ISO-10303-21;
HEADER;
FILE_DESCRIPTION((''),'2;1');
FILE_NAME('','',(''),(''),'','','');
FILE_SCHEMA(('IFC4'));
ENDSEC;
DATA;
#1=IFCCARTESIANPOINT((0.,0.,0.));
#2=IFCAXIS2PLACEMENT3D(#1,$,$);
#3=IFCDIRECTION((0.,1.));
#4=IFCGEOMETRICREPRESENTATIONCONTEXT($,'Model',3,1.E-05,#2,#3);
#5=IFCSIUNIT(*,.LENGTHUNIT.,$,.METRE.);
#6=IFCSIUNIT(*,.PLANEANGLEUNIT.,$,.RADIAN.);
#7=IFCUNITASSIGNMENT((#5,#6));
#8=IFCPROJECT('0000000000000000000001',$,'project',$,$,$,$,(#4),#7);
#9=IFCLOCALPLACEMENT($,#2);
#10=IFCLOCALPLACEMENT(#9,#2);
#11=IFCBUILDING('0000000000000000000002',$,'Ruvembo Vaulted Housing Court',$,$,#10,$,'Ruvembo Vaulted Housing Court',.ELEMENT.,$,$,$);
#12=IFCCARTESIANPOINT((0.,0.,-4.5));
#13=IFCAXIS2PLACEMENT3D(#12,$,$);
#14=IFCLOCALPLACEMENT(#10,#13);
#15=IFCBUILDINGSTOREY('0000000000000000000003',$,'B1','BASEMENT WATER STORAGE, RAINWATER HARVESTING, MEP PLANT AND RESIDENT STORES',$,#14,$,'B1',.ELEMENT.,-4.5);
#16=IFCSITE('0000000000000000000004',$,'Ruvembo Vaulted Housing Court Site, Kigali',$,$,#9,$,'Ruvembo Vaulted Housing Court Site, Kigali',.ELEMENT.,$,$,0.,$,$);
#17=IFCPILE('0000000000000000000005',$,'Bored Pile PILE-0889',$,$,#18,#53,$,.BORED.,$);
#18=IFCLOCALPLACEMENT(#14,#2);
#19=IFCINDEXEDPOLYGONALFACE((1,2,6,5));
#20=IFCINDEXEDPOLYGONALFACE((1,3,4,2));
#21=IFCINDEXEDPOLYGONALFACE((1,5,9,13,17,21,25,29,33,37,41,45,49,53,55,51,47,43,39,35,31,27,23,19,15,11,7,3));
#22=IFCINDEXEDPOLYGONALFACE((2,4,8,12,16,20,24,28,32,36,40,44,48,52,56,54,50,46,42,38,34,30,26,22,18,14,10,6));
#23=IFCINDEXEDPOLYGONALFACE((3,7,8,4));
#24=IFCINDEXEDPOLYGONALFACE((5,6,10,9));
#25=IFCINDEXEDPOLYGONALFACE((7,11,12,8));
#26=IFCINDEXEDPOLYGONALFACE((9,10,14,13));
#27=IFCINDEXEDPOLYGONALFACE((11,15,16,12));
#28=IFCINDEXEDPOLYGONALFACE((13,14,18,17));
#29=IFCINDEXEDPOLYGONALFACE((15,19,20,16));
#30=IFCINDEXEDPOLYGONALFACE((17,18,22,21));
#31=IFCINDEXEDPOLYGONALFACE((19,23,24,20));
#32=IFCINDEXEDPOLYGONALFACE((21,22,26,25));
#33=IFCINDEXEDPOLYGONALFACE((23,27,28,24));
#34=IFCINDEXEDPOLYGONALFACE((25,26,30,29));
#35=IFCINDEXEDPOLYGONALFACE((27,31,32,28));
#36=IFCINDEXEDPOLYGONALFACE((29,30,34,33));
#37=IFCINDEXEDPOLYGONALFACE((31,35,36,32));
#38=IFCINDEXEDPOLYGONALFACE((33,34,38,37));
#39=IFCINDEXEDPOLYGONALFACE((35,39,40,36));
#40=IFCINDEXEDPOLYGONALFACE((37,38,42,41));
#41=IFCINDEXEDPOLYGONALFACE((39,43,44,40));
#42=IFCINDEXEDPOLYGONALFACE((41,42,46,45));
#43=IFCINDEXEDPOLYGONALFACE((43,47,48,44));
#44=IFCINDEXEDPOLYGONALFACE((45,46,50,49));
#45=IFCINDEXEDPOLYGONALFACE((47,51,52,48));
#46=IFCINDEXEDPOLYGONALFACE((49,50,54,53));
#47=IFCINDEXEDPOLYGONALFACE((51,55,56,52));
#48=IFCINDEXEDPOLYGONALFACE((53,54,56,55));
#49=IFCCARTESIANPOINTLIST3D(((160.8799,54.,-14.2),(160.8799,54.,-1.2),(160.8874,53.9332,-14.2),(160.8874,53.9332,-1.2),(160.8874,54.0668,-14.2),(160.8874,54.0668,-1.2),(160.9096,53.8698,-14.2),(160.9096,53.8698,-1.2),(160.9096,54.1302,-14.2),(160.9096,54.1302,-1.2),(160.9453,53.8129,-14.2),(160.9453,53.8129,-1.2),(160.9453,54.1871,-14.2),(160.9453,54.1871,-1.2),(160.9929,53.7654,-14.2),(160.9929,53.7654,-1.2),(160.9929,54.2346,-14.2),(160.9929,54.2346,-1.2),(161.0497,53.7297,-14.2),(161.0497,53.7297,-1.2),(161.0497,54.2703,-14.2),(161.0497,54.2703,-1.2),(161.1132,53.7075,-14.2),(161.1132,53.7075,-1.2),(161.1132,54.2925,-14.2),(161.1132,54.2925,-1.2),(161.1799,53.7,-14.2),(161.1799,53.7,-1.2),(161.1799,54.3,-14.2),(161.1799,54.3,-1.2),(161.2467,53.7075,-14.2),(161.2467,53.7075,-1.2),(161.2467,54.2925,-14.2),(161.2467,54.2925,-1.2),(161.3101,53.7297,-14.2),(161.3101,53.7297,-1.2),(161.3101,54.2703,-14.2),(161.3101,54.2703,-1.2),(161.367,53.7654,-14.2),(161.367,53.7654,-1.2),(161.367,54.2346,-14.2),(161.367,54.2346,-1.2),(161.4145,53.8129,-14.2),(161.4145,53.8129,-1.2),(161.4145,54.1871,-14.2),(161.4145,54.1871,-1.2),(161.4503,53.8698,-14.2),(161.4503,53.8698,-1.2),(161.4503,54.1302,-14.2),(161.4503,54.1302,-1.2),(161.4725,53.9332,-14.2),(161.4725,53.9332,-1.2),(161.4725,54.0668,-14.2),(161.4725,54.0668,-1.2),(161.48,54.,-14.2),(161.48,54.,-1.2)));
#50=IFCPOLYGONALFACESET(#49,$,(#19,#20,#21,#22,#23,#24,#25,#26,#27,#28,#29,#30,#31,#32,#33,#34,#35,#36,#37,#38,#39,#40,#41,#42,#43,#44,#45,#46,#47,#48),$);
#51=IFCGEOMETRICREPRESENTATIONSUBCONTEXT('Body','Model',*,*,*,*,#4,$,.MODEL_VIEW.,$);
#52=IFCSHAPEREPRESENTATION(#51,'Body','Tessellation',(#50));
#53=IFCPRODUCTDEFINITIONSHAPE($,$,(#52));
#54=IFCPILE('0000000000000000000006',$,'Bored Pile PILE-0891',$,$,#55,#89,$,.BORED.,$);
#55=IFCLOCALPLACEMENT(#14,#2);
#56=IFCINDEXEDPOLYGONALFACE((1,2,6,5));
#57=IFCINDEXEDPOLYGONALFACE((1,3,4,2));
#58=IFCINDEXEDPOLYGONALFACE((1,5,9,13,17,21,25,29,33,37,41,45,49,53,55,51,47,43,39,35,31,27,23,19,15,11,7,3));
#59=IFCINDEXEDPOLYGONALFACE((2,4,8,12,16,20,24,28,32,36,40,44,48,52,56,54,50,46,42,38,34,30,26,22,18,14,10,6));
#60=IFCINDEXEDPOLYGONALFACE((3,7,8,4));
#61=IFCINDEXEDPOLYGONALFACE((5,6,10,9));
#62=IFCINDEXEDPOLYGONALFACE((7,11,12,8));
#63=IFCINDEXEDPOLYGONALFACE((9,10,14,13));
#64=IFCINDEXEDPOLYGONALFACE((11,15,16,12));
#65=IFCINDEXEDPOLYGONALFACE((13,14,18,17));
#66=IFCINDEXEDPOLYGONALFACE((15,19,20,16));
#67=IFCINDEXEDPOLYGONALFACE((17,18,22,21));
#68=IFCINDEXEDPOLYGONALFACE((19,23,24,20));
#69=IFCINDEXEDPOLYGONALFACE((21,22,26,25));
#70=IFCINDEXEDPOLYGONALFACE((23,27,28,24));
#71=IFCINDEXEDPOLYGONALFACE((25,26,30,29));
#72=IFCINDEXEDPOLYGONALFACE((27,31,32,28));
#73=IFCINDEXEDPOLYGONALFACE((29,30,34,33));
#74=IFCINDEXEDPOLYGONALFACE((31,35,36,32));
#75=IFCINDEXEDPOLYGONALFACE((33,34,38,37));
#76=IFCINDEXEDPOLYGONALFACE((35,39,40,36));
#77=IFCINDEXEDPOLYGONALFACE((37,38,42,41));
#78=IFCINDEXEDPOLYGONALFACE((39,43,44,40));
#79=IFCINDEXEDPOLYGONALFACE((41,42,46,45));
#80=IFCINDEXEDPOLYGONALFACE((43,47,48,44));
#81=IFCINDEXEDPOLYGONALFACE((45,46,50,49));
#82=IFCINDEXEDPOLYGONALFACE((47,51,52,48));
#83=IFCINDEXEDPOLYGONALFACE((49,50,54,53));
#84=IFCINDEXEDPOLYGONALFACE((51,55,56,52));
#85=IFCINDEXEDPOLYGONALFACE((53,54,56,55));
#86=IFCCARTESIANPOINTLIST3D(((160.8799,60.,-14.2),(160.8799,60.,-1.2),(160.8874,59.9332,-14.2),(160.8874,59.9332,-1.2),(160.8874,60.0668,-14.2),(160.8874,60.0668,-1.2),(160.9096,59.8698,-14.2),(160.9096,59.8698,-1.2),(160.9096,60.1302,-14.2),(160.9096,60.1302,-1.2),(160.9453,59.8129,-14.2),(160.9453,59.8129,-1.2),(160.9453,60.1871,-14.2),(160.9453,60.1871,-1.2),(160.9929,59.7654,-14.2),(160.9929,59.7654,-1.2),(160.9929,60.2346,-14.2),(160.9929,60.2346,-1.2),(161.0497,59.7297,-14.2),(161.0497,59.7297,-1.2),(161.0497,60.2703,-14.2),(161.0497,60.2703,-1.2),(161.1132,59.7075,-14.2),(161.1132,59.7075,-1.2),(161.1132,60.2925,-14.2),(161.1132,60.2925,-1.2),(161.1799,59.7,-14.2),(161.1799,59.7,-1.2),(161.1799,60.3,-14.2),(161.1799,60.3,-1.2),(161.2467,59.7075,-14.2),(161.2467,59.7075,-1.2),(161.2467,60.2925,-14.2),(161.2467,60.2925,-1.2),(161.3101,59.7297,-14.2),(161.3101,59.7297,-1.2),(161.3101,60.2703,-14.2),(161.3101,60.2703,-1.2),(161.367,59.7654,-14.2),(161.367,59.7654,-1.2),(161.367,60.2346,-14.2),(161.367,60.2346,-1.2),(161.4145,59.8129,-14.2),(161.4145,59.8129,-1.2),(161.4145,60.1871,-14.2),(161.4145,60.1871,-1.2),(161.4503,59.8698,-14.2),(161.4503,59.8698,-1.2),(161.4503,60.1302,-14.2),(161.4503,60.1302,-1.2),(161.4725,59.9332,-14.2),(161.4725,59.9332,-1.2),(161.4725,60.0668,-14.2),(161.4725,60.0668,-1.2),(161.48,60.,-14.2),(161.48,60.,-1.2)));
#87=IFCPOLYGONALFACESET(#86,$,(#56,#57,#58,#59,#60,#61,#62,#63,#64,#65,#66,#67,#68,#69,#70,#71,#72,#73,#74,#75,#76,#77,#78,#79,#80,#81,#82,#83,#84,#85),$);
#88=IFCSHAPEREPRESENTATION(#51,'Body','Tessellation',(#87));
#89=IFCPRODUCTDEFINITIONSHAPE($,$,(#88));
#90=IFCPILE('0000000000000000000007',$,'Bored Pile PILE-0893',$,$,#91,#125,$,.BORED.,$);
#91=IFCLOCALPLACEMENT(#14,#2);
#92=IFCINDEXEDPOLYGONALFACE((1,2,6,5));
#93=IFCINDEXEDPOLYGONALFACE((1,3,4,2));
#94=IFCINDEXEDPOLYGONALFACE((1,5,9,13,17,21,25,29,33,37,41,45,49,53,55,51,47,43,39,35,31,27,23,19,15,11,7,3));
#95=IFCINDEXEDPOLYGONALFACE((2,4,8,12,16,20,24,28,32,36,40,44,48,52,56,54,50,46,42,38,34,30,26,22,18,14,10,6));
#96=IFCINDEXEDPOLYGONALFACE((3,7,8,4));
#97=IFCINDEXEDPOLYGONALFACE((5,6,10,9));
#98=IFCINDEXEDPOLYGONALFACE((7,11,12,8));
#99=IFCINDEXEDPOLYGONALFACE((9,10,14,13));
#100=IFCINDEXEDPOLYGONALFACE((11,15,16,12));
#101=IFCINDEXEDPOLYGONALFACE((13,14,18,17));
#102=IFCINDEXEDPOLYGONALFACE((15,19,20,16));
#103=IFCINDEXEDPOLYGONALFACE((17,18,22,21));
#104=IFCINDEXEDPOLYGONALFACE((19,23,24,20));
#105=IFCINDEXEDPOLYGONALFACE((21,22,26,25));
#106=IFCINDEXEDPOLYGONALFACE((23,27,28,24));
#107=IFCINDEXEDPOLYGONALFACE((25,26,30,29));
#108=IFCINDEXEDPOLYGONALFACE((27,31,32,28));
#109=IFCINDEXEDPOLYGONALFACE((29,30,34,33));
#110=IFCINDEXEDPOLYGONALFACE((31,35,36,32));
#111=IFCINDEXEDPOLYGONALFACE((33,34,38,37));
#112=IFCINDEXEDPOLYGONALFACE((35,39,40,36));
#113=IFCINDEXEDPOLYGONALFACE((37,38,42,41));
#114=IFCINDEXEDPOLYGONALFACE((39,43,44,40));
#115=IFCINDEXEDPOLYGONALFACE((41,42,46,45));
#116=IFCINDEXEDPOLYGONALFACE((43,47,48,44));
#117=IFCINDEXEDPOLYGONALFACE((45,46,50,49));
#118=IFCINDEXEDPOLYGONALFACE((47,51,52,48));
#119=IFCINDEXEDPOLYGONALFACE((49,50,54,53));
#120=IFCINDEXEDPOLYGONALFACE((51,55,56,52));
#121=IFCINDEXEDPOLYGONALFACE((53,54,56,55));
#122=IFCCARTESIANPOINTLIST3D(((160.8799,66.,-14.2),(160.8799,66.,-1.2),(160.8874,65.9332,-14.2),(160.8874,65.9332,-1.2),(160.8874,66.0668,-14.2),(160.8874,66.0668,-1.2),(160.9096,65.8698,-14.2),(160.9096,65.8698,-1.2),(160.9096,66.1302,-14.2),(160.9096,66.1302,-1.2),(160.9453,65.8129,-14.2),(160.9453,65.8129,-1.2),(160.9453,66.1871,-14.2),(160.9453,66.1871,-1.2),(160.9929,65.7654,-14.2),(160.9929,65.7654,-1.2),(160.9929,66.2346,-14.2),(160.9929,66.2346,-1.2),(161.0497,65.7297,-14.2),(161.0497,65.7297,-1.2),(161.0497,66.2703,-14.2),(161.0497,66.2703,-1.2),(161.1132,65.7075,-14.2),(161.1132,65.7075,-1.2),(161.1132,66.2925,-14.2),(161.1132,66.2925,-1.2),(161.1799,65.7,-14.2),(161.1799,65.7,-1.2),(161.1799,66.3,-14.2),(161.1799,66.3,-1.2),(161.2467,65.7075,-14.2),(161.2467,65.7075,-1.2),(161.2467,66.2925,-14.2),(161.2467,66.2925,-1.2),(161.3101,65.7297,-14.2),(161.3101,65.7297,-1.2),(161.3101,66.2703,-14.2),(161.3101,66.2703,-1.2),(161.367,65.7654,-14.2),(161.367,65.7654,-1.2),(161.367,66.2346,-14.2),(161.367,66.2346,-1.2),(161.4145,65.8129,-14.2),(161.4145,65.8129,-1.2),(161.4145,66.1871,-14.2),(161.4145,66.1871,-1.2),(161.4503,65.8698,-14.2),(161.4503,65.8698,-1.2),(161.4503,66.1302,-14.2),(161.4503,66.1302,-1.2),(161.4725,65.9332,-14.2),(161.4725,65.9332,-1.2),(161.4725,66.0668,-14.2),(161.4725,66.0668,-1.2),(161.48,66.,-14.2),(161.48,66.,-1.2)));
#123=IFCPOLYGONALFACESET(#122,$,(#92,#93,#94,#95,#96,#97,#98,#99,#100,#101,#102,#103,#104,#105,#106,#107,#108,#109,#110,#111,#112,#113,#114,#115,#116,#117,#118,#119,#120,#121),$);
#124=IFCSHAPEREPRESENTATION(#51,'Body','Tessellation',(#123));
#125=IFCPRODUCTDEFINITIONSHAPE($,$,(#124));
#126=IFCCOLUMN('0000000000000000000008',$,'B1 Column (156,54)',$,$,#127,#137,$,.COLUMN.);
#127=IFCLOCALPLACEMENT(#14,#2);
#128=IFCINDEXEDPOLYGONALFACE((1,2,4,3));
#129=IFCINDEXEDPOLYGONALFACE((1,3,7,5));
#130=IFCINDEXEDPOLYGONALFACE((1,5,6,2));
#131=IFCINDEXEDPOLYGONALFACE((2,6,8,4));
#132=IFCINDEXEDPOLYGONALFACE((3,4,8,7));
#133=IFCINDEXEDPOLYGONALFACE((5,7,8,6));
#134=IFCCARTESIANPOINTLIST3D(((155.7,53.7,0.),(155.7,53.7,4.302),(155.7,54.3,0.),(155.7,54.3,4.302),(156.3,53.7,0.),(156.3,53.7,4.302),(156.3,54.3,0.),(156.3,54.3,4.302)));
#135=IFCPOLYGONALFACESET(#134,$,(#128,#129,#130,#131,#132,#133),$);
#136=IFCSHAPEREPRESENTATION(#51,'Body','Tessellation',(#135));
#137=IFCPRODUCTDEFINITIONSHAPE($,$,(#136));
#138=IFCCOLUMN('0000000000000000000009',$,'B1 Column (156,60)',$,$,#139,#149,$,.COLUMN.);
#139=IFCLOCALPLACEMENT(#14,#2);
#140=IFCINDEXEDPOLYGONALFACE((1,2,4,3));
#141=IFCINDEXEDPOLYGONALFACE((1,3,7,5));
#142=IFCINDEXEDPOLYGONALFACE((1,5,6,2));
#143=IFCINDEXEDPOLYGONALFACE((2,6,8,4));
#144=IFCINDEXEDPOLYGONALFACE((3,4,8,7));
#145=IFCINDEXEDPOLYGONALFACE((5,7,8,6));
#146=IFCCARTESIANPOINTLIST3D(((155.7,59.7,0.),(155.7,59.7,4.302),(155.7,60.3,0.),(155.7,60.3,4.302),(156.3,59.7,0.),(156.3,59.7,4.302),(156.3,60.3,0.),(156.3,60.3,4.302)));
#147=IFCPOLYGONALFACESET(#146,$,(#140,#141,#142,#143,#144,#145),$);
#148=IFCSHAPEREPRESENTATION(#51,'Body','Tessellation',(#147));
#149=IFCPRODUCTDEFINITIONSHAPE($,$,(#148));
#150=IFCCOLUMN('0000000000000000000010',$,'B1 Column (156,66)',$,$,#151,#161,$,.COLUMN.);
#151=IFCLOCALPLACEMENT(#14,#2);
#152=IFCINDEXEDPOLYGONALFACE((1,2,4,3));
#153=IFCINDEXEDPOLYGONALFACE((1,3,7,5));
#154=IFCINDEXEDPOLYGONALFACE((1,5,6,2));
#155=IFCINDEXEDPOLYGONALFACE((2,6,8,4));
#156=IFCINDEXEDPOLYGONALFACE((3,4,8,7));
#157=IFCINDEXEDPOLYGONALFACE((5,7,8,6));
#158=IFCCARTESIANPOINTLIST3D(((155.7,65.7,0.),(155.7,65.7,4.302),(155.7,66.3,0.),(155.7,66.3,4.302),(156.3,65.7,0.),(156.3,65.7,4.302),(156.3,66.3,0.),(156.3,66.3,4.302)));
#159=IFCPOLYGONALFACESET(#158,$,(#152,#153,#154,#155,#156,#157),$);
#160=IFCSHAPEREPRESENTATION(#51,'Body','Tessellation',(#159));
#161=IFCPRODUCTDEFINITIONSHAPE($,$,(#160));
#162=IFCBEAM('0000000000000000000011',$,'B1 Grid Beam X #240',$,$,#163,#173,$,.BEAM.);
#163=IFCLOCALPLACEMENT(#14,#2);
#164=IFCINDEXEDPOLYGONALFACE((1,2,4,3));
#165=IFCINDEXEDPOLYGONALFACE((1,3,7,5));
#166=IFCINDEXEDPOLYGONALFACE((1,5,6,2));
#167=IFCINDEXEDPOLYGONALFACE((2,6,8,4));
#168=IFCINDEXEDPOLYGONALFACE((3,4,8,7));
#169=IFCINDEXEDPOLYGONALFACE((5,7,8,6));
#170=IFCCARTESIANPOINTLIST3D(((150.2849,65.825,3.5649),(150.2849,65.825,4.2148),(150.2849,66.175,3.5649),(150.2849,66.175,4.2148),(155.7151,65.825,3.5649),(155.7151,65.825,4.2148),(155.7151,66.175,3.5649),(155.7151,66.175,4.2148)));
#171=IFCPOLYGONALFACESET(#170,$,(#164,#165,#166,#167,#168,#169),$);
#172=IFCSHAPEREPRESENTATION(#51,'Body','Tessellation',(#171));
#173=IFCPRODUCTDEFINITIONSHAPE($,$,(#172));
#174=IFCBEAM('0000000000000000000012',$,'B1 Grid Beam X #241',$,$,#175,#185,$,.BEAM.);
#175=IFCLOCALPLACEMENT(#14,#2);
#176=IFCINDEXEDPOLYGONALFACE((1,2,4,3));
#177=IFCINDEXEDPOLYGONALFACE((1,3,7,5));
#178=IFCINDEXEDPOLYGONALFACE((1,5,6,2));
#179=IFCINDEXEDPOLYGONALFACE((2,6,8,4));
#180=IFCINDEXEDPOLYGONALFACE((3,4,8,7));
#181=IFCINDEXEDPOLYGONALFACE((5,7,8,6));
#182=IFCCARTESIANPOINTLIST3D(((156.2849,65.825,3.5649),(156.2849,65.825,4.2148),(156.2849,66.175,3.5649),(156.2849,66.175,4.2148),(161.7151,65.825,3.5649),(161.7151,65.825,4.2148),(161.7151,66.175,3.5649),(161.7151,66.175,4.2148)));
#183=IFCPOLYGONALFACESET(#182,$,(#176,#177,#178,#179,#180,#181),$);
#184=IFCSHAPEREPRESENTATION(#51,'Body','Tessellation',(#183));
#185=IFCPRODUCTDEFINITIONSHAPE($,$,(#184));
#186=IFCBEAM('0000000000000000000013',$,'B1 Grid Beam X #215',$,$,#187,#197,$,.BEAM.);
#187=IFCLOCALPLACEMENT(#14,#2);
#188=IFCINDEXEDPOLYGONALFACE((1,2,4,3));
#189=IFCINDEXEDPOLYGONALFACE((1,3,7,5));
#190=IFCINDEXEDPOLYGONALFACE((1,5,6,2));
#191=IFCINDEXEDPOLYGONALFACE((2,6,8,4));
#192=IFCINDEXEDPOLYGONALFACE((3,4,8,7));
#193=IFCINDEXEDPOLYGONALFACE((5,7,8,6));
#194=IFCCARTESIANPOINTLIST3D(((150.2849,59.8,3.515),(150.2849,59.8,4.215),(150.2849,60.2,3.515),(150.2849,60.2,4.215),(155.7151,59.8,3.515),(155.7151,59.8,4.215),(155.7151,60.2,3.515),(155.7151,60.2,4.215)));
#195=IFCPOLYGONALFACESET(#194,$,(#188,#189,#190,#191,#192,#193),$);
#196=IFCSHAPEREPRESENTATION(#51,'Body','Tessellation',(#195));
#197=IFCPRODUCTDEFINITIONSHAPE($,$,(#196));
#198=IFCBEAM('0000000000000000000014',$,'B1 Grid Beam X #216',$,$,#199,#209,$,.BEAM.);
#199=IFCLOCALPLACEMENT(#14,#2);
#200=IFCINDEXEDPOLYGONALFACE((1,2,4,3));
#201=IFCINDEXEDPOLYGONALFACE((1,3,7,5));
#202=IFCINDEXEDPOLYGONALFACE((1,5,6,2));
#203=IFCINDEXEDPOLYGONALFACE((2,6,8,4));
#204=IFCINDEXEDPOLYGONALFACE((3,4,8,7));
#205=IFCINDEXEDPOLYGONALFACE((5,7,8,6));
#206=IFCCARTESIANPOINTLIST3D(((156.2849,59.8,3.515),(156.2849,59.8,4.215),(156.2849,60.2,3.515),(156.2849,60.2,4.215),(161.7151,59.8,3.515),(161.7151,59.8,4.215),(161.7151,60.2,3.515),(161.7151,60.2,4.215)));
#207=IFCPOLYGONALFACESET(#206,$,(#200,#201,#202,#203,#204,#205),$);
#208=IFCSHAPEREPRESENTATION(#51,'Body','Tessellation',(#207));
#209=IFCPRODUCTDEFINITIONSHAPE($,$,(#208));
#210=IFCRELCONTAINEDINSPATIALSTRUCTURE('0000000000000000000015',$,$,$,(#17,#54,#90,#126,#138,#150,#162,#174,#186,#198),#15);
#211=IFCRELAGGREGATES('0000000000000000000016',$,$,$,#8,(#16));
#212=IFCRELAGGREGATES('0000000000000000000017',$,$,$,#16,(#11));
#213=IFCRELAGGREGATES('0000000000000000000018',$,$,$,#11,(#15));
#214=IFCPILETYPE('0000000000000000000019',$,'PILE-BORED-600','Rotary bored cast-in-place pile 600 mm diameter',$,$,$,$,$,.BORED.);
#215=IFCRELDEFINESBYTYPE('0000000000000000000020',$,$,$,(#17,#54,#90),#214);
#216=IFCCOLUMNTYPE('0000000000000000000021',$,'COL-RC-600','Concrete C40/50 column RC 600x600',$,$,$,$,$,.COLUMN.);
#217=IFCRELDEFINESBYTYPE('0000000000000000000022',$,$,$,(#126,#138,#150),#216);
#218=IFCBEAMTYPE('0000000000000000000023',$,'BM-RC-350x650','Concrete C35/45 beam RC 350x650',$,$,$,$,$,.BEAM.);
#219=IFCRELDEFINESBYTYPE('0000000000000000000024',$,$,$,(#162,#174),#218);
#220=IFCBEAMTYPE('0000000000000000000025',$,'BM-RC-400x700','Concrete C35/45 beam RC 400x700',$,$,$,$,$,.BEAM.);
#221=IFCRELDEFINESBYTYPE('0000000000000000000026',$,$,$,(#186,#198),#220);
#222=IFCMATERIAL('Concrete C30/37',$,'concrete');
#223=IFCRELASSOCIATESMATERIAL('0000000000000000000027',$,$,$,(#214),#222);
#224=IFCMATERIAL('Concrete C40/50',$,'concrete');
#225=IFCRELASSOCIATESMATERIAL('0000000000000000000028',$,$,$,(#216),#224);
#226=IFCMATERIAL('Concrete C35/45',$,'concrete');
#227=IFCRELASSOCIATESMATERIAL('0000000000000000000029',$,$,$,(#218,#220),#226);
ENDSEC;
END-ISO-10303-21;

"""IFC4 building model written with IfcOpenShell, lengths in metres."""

from ifc_helpers import new_model, si_unit, direction, frame, origin, origin_2d, place, context, subcontext, project, spatial, rectangle, circle, extrude, material, material_profile, profile_set, type_object, element, save


model = new_model("IFC4")

# Units and contexts
model_context = context("Model", 3, precision=1e-05, world=origin(), true_north=direction((0.0, 1.0)))
body_context = subcontext(model_context, "Body", "Model", "MODEL_VIEW")
ifc_project = project(units=[si_unit("LENGTHUNIT", "METRE"), si_unit("PLANEANGLEUNIT", "RADIAN")], contexts=[model_context])

# Site, building, storey
site_placement = place(None, origin())
site = spatial("IfcSite", under=ifc_project, at=site_placement, Name="Ruvembo Vaulted Housing Court Site, Kigali", LongName="Ruvembo Vaulted Housing Court Site, Kigali", CompositionType="ELEMENT", RefElevation=0.0)
building_placement = place(site_placement, origin())
building = spatial("IfcBuilding", under=site, at=building_placement, Name="Ruvembo Vaulted Housing Court", LongName="Ruvembo Vaulted Housing Court", CompositionType="ELEMENT")
storey_placement = place(building_placement, frame((0.0, 0.0, -4.5)))
storey = spatial("IfcBuildingStorey", under=building, at=storey_placement, Name="B1", Description="BASEMENT WATER STORAGE, RAINWATER HARVESTING, MEP PLANT AND RESIDENT STORES", LongName="B1", CompositionType="ELEMENT", Elevation=-4.5)

# Shared definitions
ifc_material_1 = material(Name="Concrete C35/45", Category="concrete")

# Piles
ifc_material_2 = material(Name="Concrete C30/37", Category="concrete")
ifc_material_profile_1 = material_profile(ifc_material_2, circle(Radius=0.3, at=origin_2d()), Name="PILE D600")
ifc_profile_set_1 = profile_set([ifc_material_profile_1], Name="Concrete C30/37")
pile_type = type_object("IfcPileType", Name="PILE-BORED-600", Description="Rotary bored cast-in-place pile 600 mm diameter", PredefinedType="BORED", material=ifc_profile_set_1)
for number, where, z_axis, x_axis, name in (
    (1, (161.1799, 54.0, -1.2), (0.0, 0.0, -1.0), (1.0, 0.0, 0.0), "Bored Pile PILE-0889"),
    (2, (161.1799, 60.0, -1.2), (0.0, 0.0, -1.0), (1.0, 0.0, 0.0), "Bored Pile PILE-0891"),
    (3, (161.1799, 66.0, -1.2), (0.0, 0.0, -1.0), (1.0, 0.0, 0.0), "Bored Pile PILE-0893"),
):
    element("IfcPile", number, at=place(storey_placement, frame(where, z_axis=z_axis, x_axis=x_axis)), inside=storey, type_object=pile_type, Name=name, PredefinedType="BORED", context=body_context, shape_type="SweptSolid", body=[
        extrude(circle(Radius=0.3, at=origin_2d()), origin(), (0.0, 0.0, 1.0), 13.0),
    ])

# Columns
ifc_material_3 = material(Name="Concrete C40/50", Category="concrete")
ifc_material_profile_2 = material_profile(ifc_material_3, rectangle(XDim=0.6001, YDim=0.6001, at=origin_2d()), Name="RC 600x600")
ifc_profile_set_2 = profile_set([ifc_material_profile_2], Name="Concrete C40/50")
column_type = type_object("IfcColumnType", Name="COL-RC-600", Description="Concrete C40/50 column RC 600x600", PredefinedType="COLUMN", material=ifc_profile_set_2)
for number, where, z_axis, x_axis, name in (
    (4, (156.0, 54.0, 0.0), (0.0, 0.0, 1.0), (1.0, 0.0, 0.0), "B1 Column (156,54)"),
    (5, (156.0, 60.0, 0.0), (0.0, 0.0, 1.0), (1.0, 0.0, 0.0), "B1 Column (156,60)"),
    (6, (156.0, 66.0, 0.0), (0.0, 0.0, 1.0), (1.0, 0.0, 0.0), "B1 Column (156,66)"),
):
    element("IfcColumn", number, at=place(storey_placement, frame(where, z_axis=z_axis, x_axis=x_axis)), inside=storey, type_object=column_type, Name=name, PredefinedType="COLUMN", context=body_context, shape_type="SweptSolid", body=[
        extrude(rectangle(XDim=0.6001, YDim=0.6001, at=origin_2d()), origin(), (0.0, 0.0, 1.0), 4.302),
    ])

# Beams
ifc_material_profile_3 = material_profile(ifc_material_1, rectangle(XDim=0.3501, YDim=0.6499, at=origin_2d()), Name="RC 350x650")
ifc_profile_set_3 = profile_set([ifc_material_profile_3], Name="Concrete C35/45")
beam_type_1 = type_object("IfcBeamType", Name="BM-RC-350x650", Description="Concrete C35/45 beam RC 350x650", PredefinedType="BEAM", material=ifc_profile_set_3)
for number, where, z_axis, x_axis, name in (
    (7, (150.2849, 66.0, 3.8899), (1.0, 0.0, 0.0), (0.0, 1.0, 0.0), "B1 Grid Beam X #240"),
    (8, (156.2849, 66.0, 3.8899), (1.0, 0.0, 0.0), (0.0, 1.0, 0.0), "B1 Grid Beam X #241"),
):
    element("IfcBeam", number, at=place(storey_placement, frame(where, z_axis=z_axis, x_axis=x_axis)), inside=storey, type_object=beam_type_1, Name=name, PredefinedType="BEAM", context=body_context, shape_type="SweptSolid", body=[
        extrude(rectangle(XDim=0.3501, YDim=0.6499, at=origin_2d()), origin(), (0.0, 0.0, 1.0), 5.4302),
    ])
ifc_material_profile_4 = material_profile(ifc_material_1, rectangle(XDim=0.3999, YDim=0.7, at=origin_2d()), Name="RC 400x700")
ifc_profile_set_4 = profile_set([ifc_material_profile_4], Name="Concrete C35/45")
beam_type_2 = type_object("IfcBeamType", Name="BM-RC-400x700", Description="Concrete C35/45 beam RC 400x700", PredefinedType="BEAM", material=ifc_profile_set_4)
for number, where, z_axis, x_axis, name in (
    (9, (150.2849, 60.0, 3.865), (1.0, 0.0, 0.0), (0.0, 1.0, 0.0), "B1 Grid Beam X #215"),
    (10, (156.2849, 60.0, 3.865), (1.0, 0.0, 0.0), (0.0, 1.0, 0.0), "B1 Grid Beam X #216"),
):
    element("IfcBeam", number, at=place(storey_placement, frame(where, z_axis=z_axis, x_axis=x_axis)), inside=storey, type_object=beam_type_2, Name=name, PredefinedType="BEAM", context=body_context, shape_type="SweptSolid", body=[
        extrude(rectangle(XDim=0.3999, YDim=0.7, at=origin_2d()), origin(), (0.0, 0.0, 1.0), 5.4302),
    ])

save(model, "model.ifc")
